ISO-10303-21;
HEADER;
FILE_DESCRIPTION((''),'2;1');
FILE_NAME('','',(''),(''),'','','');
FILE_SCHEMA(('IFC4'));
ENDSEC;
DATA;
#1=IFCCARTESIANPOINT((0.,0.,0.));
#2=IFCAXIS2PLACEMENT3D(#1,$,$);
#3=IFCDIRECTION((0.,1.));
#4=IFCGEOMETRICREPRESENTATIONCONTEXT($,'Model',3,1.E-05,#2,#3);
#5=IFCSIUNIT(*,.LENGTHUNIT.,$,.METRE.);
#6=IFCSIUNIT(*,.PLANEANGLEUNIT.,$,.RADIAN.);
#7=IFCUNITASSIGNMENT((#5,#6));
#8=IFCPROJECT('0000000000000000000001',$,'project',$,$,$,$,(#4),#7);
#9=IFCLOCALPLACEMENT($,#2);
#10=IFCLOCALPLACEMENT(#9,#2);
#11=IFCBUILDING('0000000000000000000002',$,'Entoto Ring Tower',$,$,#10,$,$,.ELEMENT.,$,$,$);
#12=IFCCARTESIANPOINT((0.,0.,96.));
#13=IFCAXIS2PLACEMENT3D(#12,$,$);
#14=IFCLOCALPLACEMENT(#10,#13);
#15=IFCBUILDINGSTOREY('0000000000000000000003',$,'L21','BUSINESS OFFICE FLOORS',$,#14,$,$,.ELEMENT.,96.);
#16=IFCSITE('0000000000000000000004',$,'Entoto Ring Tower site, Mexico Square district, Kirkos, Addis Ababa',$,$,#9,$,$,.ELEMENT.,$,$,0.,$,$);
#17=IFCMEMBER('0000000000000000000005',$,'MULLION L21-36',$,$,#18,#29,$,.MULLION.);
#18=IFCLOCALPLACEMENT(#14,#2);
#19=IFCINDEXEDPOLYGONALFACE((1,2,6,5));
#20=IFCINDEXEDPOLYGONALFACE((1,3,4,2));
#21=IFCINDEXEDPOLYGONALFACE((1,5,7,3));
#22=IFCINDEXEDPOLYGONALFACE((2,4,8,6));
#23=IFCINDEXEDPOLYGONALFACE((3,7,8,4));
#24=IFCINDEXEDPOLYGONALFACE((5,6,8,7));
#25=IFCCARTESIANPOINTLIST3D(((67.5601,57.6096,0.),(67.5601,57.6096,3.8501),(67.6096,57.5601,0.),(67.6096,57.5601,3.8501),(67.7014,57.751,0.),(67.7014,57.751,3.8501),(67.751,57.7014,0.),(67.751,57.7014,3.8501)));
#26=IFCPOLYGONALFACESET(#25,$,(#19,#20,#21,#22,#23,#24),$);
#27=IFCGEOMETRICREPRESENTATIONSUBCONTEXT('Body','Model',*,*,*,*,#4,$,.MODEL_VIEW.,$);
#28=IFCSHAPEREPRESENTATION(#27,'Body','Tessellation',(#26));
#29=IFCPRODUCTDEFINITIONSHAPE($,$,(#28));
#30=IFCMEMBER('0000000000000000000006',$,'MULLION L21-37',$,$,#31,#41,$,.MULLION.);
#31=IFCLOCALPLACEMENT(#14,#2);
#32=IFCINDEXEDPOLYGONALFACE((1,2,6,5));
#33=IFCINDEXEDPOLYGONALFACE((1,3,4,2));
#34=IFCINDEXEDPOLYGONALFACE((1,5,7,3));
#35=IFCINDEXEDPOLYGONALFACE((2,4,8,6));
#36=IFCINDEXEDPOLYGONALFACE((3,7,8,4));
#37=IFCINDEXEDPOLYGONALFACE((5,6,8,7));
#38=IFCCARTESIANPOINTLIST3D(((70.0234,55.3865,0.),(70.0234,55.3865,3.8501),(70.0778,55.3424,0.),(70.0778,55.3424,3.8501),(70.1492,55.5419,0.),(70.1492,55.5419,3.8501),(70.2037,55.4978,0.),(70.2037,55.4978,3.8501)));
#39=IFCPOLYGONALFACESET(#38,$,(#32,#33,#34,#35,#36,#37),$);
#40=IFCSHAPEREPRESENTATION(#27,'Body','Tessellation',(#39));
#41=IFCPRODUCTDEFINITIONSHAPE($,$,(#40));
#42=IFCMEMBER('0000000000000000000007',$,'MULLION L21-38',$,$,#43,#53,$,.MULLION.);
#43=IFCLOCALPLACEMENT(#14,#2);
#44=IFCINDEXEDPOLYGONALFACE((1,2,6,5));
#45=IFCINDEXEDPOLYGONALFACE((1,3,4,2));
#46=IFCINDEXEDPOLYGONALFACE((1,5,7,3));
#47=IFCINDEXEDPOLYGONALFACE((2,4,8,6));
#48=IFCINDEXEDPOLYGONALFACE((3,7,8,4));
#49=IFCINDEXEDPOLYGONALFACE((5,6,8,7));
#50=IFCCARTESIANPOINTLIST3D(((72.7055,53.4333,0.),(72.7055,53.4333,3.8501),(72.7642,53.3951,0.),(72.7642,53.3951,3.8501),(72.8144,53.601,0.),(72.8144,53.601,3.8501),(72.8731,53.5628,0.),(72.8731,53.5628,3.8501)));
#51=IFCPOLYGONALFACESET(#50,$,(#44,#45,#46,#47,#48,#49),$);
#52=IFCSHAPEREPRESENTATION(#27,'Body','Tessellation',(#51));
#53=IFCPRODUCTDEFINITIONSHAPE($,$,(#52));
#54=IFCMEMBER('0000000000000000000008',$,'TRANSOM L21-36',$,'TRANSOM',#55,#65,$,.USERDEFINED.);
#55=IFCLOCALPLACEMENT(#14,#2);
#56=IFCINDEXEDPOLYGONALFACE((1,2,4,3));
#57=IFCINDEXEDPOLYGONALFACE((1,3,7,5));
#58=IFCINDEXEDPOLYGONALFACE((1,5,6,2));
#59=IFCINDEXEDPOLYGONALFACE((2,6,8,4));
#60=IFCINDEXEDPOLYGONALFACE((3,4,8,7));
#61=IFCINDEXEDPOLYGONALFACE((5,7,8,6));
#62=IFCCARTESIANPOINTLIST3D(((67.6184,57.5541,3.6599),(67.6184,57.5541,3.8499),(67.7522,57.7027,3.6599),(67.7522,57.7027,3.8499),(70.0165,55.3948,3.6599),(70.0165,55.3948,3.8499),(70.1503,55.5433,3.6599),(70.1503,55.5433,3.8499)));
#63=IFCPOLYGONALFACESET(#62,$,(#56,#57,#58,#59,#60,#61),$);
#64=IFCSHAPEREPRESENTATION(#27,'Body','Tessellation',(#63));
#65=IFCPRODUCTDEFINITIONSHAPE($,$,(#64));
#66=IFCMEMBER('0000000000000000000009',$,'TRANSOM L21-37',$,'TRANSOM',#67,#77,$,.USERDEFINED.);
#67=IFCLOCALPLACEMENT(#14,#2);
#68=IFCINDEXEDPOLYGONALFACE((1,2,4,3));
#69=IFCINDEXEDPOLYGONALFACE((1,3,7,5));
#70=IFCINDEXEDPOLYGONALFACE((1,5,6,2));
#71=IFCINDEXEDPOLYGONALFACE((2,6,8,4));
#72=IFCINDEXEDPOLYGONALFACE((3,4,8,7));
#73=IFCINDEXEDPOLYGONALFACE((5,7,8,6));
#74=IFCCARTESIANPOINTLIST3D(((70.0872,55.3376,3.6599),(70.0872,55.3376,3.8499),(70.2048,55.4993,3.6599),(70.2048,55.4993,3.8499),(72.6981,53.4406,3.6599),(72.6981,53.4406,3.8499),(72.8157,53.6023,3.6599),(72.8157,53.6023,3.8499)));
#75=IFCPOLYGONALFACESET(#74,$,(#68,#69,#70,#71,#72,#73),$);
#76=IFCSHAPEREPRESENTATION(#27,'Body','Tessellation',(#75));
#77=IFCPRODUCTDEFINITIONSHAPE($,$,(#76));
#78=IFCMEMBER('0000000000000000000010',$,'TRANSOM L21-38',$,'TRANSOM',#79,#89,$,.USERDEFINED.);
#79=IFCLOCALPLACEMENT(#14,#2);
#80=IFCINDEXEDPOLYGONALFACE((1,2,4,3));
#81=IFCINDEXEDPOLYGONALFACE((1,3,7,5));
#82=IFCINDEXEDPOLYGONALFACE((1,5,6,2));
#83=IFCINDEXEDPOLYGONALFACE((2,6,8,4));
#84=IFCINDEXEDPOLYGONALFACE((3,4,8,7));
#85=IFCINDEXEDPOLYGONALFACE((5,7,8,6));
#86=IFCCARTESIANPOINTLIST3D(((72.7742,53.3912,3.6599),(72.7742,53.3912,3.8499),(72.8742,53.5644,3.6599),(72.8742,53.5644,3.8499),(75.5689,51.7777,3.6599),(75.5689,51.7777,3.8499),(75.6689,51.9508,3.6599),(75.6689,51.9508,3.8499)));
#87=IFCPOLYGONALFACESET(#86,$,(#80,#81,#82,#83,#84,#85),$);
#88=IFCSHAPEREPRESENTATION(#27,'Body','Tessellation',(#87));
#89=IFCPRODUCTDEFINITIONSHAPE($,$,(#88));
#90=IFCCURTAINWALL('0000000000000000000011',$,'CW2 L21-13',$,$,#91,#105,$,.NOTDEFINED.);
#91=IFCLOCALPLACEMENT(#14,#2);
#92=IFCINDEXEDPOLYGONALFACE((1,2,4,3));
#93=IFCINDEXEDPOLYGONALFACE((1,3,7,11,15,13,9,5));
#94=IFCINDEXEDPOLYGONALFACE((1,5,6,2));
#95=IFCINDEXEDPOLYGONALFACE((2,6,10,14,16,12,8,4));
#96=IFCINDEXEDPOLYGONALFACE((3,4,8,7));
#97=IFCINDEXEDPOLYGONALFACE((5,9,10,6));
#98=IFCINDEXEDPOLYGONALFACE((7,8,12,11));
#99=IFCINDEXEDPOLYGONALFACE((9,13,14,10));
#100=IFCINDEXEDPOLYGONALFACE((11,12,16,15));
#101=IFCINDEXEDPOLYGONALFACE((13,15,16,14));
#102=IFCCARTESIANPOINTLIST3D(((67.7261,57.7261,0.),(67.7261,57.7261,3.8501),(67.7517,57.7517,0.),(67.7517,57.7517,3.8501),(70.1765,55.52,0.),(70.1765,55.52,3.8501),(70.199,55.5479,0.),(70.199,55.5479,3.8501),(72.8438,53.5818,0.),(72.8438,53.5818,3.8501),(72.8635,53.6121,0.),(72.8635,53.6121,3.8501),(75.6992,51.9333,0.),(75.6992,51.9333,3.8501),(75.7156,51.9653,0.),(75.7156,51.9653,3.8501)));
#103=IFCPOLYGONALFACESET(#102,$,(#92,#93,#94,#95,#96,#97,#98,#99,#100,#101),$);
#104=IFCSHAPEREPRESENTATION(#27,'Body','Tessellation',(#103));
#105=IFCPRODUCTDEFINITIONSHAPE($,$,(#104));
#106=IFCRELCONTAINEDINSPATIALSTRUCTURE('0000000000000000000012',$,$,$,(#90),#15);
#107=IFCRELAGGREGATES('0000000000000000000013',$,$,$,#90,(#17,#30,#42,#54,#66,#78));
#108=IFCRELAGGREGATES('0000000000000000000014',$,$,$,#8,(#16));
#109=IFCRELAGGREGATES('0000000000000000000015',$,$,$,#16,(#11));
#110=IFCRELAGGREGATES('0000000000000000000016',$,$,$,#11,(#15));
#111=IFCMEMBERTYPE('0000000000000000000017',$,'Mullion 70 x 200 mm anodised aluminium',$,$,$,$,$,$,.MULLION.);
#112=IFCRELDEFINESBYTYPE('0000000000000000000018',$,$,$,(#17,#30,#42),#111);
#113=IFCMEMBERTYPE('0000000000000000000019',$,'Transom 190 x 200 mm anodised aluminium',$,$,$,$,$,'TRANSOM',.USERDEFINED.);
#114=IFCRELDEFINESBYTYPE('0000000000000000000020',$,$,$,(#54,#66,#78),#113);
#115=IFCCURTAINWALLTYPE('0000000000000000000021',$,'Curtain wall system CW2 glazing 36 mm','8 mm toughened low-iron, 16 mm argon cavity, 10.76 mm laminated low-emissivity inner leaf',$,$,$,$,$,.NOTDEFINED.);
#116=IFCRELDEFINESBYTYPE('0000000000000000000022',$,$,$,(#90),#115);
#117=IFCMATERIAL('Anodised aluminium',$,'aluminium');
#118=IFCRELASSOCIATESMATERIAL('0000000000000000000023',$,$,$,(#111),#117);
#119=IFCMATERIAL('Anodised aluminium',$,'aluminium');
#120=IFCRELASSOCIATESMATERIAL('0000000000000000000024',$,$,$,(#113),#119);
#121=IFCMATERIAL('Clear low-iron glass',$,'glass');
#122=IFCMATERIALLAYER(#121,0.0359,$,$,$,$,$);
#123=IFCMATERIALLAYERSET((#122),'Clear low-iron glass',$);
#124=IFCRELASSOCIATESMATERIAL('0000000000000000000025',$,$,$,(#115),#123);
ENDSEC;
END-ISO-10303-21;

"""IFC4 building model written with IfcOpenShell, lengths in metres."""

from ifc_helpers import new_model, si_unit, direction, frame, origin, origin_2d, place, context, subcontext, project, spatial, polyline, rectangle, outline, extrude, material, layer, layer_set, material_profile, profile_set, type_object, element, aggregate, save


model = new_model("IFC4")

# Units and contexts
model_context = context("Model", 3, precision=1e-05, world=origin(), true_north=direction((0.0, 1.0)))
body_context = subcontext(model_context, "Body", "Model", "MODEL_VIEW")
ifc_project = project(units=[si_unit("LENGTHUNIT", "METRE"), si_unit("PLANEANGLEUNIT", "RADIAN")], contexts=[model_context])

# Members
ifc_material_1 = material(Name="Anodised aluminium", Category="aluminium")
ifc_material_profile_1 = material_profile(ifc_material_1, rectangle(XDim=0.0701, YDim=0.2, at=origin_2d()), Name="Mullion 70 x 200 mm anodised aluminium")
ifc_profile_set_1 = profile_set([ifc_material_profile_1], Name="Anodised aluminium")
member_type_1 = type_object("IfcMemberType", Name="Mullion 70 x 200 mm anodised aluminium", PredefinedType="MULLION", material=ifc_profile_set_1)
site_placement = place(None, origin())
building_placement = place(site_placement, origin())
storey_placement = place(building_placement, frame((0.0, 0.0, 96.0)))
member_1_placement = place(storey_placement, frame((67.6555, 57.6555, 0.0), z_axis=(0.0, 0.0, 1.0), x_axis=(0.707107, -0.707107, 0.0)))
member_1 = element("IfcMember", 1, at=member_1_placement, type_object=member_type_1, Name="MULLION L21-36", PredefinedType="MULLION", context=body_context, shape_type="SweptSolid", body=[
    extrude(rectangle(XDim=0.0701, YDim=0.2, at=origin_2d()), origin(), (0.0, 0.0, 1.0), 3.8501),
])
member_2_placement = place(storey_placement, frame((70.1135, 55.4421, 0.0), z_axis=(0.0, 0.0, 1.0), x_axis=(0.777146, -0.62932, 0.0)))
member_2 = element("IfcMember", 2, at=member_2_placement, type_object=member_type_1, Name="MULLION L21-37", PredefinedType="MULLION", context=body_context, shape_type="SweptSolid", body=[
    extrude(rectangle(XDim=0.0701, YDim=0.2, at=origin_2d()), origin(), (0.0, 0.0, 1.0), 3.8501),
])
member_3_placement = place(storey_placement, frame((72.7893, 53.498, 0.0), z_axis=(0.0, 0.0, 1.0), x_axis=(0.838671, -0.544639, 0.0)))
member_3 = element("IfcMember", 3, at=member_3_placement, type_object=member_type_1, Name="MULLION L21-38", PredefinedType="MULLION", context=body_context, shape_type="SweptSolid", body=[
    extrude(rectangle(XDim=0.0701, YDim=0.2, at=origin_2d()), origin(), (0.0, 0.0, 1.0), 3.8501),
])
ifc_material_2 = material(Name="Anodised aluminium", Category="aluminium")
ifc_material_profile_2 = material_profile(ifc_material_2, rectangle(XDim=0.2, YDim=0.1899, at=origin_2d()), Name="Transom 190 x 200 mm anodised aluminium")
ifc_profile_set_2 = profile_set([ifc_material_profile_2], Name="Anodised aluminium")
member_type_2 = type_object("IfcMemberType", Name="Transom 190 x 200 mm anodised aluminium", ElementType="TRANSOM", PredefinedType="USERDEFINED", material=ifc_profile_set_2)
member_4_placement = place(storey_placement, frame((67.6853, 57.6284, 3.7549), z_axis=(0.743132, -0.669144, 0.0), x_axis=(0.669144, 0.743132, 0.0)))
member_4 = element("IfcMember", 4, at=member_4_placement, type_object=member_type_2, Name="TRANSOM L21-36", ObjectType="TRANSOM", PredefinedType="USERDEFINED", context=body_context, shape_type="SweptSolid", body=[
    extrude(rectangle(XDim=0.2, YDim=0.1899, at=origin_2d()), origin(), (0.0, 0.0, 1.0), 3.2271),
])
member_5_placement = place(storey_placement, frame((70.146, 55.4185, 3.7549), z_axis=(0.809004, -0.587803, 0.0), x_axis=(0.587803, 0.809004, 0.0)))
member_5 = element("IfcMember", 5, at=member_5_placement, type_object=member_type_2, Name="TRANSOM L21-37", ObjectType="TRANSOM", PredefinedType="USERDEFINED", context=body_context, shape_type="SweptSolid", body=[
    extrude(rectangle(XDim=0.2, YDim=0.1899, at=origin_2d()), origin(), (0.0, 0.0, 1.0), 3.2273),
])
member_6_placement = place(storey_placement, frame((72.8242, 53.4778, 3.7549), z_axis=(0.866023, -0.500004, 0.0), x_axis=(0.500004, 0.866023, 0.0)))
member_6 = element("IfcMember", 6, at=member_6_placement, type_object=member_type_2, Name="TRANSOM L21-38", ObjectType="TRANSOM", PredefinedType="USERDEFINED", context=body_context, shape_type="SweptSolid", body=[
    extrude(rectangle(XDim=0.2, YDim=0.1899, at=origin_2d()), origin(), (0.0, 0.0, 1.0), 3.2271),
])

# Site, building, storey
site = spatial("IfcSite", under=ifc_project, at=site_placement, Name="Entoto Ring Tower site, Mexico Square district, Kirkos, Addis Ababa", CompositionType="ELEMENT", RefElevation=0.0)
building = spatial("IfcBuilding", under=site, at=building_placement, Name="Entoto Ring Tower", CompositionType="ELEMENT")
storey = spatial("IfcBuildingStorey", under=building, at=storey_placement, Name="L21", Description="BUSINESS OFFICE FLOORS", CompositionType="ELEMENT", Elevation=96.0)

# Curtain wall
ifc_material_3 = material(Name="Clear low-iron glass", Category="glass")
ifc_layer = layer(ifc_material_3, 0.0359)
ifc_layer_set = layer_set([ifc_layer], Name="Clear low-iron glass")
curtain_wall_type = type_object("IfcCurtainWallType", Name="Curtain wall system CW2 glazing 36 mm", Description="8 mm toughened low-iron, 16 mm argon cavity, 10.76 mm laminated low-emissivity inner leaf", PredefinedType="NOTDEFINED", material=ifc_layer_set)
curtain_wall_1_placement = place(storey_placement, origin())
curtain_wall_1 = element("IfcCurtainWall", 7, at=curtain_wall_1_placement, inside=storey, type_object=curtain_wall_type, Name="CW2 L21-13", PredefinedType="NOTDEFINED", context=body_context, shape_type="SweptSolid", body=[
    extrude(outline(polyline([(67.7261, 57.7261), (70.1765, 55.52), (72.8438, 53.5818), (75.6992, 51.9333), (75.7156, 51.9653), (72.8635, 53.6121), (70.199, 55.5479), (67.7517, 57.7517), (67.7261, 57.7261)])), origin(), (0.0, 0.0, 1.0), 3.8501),
])
aggregate(curtain_wall_1, [member_1, member_2, member_3, member_4, member_5, member_6])

save(model, "model.ifc")
